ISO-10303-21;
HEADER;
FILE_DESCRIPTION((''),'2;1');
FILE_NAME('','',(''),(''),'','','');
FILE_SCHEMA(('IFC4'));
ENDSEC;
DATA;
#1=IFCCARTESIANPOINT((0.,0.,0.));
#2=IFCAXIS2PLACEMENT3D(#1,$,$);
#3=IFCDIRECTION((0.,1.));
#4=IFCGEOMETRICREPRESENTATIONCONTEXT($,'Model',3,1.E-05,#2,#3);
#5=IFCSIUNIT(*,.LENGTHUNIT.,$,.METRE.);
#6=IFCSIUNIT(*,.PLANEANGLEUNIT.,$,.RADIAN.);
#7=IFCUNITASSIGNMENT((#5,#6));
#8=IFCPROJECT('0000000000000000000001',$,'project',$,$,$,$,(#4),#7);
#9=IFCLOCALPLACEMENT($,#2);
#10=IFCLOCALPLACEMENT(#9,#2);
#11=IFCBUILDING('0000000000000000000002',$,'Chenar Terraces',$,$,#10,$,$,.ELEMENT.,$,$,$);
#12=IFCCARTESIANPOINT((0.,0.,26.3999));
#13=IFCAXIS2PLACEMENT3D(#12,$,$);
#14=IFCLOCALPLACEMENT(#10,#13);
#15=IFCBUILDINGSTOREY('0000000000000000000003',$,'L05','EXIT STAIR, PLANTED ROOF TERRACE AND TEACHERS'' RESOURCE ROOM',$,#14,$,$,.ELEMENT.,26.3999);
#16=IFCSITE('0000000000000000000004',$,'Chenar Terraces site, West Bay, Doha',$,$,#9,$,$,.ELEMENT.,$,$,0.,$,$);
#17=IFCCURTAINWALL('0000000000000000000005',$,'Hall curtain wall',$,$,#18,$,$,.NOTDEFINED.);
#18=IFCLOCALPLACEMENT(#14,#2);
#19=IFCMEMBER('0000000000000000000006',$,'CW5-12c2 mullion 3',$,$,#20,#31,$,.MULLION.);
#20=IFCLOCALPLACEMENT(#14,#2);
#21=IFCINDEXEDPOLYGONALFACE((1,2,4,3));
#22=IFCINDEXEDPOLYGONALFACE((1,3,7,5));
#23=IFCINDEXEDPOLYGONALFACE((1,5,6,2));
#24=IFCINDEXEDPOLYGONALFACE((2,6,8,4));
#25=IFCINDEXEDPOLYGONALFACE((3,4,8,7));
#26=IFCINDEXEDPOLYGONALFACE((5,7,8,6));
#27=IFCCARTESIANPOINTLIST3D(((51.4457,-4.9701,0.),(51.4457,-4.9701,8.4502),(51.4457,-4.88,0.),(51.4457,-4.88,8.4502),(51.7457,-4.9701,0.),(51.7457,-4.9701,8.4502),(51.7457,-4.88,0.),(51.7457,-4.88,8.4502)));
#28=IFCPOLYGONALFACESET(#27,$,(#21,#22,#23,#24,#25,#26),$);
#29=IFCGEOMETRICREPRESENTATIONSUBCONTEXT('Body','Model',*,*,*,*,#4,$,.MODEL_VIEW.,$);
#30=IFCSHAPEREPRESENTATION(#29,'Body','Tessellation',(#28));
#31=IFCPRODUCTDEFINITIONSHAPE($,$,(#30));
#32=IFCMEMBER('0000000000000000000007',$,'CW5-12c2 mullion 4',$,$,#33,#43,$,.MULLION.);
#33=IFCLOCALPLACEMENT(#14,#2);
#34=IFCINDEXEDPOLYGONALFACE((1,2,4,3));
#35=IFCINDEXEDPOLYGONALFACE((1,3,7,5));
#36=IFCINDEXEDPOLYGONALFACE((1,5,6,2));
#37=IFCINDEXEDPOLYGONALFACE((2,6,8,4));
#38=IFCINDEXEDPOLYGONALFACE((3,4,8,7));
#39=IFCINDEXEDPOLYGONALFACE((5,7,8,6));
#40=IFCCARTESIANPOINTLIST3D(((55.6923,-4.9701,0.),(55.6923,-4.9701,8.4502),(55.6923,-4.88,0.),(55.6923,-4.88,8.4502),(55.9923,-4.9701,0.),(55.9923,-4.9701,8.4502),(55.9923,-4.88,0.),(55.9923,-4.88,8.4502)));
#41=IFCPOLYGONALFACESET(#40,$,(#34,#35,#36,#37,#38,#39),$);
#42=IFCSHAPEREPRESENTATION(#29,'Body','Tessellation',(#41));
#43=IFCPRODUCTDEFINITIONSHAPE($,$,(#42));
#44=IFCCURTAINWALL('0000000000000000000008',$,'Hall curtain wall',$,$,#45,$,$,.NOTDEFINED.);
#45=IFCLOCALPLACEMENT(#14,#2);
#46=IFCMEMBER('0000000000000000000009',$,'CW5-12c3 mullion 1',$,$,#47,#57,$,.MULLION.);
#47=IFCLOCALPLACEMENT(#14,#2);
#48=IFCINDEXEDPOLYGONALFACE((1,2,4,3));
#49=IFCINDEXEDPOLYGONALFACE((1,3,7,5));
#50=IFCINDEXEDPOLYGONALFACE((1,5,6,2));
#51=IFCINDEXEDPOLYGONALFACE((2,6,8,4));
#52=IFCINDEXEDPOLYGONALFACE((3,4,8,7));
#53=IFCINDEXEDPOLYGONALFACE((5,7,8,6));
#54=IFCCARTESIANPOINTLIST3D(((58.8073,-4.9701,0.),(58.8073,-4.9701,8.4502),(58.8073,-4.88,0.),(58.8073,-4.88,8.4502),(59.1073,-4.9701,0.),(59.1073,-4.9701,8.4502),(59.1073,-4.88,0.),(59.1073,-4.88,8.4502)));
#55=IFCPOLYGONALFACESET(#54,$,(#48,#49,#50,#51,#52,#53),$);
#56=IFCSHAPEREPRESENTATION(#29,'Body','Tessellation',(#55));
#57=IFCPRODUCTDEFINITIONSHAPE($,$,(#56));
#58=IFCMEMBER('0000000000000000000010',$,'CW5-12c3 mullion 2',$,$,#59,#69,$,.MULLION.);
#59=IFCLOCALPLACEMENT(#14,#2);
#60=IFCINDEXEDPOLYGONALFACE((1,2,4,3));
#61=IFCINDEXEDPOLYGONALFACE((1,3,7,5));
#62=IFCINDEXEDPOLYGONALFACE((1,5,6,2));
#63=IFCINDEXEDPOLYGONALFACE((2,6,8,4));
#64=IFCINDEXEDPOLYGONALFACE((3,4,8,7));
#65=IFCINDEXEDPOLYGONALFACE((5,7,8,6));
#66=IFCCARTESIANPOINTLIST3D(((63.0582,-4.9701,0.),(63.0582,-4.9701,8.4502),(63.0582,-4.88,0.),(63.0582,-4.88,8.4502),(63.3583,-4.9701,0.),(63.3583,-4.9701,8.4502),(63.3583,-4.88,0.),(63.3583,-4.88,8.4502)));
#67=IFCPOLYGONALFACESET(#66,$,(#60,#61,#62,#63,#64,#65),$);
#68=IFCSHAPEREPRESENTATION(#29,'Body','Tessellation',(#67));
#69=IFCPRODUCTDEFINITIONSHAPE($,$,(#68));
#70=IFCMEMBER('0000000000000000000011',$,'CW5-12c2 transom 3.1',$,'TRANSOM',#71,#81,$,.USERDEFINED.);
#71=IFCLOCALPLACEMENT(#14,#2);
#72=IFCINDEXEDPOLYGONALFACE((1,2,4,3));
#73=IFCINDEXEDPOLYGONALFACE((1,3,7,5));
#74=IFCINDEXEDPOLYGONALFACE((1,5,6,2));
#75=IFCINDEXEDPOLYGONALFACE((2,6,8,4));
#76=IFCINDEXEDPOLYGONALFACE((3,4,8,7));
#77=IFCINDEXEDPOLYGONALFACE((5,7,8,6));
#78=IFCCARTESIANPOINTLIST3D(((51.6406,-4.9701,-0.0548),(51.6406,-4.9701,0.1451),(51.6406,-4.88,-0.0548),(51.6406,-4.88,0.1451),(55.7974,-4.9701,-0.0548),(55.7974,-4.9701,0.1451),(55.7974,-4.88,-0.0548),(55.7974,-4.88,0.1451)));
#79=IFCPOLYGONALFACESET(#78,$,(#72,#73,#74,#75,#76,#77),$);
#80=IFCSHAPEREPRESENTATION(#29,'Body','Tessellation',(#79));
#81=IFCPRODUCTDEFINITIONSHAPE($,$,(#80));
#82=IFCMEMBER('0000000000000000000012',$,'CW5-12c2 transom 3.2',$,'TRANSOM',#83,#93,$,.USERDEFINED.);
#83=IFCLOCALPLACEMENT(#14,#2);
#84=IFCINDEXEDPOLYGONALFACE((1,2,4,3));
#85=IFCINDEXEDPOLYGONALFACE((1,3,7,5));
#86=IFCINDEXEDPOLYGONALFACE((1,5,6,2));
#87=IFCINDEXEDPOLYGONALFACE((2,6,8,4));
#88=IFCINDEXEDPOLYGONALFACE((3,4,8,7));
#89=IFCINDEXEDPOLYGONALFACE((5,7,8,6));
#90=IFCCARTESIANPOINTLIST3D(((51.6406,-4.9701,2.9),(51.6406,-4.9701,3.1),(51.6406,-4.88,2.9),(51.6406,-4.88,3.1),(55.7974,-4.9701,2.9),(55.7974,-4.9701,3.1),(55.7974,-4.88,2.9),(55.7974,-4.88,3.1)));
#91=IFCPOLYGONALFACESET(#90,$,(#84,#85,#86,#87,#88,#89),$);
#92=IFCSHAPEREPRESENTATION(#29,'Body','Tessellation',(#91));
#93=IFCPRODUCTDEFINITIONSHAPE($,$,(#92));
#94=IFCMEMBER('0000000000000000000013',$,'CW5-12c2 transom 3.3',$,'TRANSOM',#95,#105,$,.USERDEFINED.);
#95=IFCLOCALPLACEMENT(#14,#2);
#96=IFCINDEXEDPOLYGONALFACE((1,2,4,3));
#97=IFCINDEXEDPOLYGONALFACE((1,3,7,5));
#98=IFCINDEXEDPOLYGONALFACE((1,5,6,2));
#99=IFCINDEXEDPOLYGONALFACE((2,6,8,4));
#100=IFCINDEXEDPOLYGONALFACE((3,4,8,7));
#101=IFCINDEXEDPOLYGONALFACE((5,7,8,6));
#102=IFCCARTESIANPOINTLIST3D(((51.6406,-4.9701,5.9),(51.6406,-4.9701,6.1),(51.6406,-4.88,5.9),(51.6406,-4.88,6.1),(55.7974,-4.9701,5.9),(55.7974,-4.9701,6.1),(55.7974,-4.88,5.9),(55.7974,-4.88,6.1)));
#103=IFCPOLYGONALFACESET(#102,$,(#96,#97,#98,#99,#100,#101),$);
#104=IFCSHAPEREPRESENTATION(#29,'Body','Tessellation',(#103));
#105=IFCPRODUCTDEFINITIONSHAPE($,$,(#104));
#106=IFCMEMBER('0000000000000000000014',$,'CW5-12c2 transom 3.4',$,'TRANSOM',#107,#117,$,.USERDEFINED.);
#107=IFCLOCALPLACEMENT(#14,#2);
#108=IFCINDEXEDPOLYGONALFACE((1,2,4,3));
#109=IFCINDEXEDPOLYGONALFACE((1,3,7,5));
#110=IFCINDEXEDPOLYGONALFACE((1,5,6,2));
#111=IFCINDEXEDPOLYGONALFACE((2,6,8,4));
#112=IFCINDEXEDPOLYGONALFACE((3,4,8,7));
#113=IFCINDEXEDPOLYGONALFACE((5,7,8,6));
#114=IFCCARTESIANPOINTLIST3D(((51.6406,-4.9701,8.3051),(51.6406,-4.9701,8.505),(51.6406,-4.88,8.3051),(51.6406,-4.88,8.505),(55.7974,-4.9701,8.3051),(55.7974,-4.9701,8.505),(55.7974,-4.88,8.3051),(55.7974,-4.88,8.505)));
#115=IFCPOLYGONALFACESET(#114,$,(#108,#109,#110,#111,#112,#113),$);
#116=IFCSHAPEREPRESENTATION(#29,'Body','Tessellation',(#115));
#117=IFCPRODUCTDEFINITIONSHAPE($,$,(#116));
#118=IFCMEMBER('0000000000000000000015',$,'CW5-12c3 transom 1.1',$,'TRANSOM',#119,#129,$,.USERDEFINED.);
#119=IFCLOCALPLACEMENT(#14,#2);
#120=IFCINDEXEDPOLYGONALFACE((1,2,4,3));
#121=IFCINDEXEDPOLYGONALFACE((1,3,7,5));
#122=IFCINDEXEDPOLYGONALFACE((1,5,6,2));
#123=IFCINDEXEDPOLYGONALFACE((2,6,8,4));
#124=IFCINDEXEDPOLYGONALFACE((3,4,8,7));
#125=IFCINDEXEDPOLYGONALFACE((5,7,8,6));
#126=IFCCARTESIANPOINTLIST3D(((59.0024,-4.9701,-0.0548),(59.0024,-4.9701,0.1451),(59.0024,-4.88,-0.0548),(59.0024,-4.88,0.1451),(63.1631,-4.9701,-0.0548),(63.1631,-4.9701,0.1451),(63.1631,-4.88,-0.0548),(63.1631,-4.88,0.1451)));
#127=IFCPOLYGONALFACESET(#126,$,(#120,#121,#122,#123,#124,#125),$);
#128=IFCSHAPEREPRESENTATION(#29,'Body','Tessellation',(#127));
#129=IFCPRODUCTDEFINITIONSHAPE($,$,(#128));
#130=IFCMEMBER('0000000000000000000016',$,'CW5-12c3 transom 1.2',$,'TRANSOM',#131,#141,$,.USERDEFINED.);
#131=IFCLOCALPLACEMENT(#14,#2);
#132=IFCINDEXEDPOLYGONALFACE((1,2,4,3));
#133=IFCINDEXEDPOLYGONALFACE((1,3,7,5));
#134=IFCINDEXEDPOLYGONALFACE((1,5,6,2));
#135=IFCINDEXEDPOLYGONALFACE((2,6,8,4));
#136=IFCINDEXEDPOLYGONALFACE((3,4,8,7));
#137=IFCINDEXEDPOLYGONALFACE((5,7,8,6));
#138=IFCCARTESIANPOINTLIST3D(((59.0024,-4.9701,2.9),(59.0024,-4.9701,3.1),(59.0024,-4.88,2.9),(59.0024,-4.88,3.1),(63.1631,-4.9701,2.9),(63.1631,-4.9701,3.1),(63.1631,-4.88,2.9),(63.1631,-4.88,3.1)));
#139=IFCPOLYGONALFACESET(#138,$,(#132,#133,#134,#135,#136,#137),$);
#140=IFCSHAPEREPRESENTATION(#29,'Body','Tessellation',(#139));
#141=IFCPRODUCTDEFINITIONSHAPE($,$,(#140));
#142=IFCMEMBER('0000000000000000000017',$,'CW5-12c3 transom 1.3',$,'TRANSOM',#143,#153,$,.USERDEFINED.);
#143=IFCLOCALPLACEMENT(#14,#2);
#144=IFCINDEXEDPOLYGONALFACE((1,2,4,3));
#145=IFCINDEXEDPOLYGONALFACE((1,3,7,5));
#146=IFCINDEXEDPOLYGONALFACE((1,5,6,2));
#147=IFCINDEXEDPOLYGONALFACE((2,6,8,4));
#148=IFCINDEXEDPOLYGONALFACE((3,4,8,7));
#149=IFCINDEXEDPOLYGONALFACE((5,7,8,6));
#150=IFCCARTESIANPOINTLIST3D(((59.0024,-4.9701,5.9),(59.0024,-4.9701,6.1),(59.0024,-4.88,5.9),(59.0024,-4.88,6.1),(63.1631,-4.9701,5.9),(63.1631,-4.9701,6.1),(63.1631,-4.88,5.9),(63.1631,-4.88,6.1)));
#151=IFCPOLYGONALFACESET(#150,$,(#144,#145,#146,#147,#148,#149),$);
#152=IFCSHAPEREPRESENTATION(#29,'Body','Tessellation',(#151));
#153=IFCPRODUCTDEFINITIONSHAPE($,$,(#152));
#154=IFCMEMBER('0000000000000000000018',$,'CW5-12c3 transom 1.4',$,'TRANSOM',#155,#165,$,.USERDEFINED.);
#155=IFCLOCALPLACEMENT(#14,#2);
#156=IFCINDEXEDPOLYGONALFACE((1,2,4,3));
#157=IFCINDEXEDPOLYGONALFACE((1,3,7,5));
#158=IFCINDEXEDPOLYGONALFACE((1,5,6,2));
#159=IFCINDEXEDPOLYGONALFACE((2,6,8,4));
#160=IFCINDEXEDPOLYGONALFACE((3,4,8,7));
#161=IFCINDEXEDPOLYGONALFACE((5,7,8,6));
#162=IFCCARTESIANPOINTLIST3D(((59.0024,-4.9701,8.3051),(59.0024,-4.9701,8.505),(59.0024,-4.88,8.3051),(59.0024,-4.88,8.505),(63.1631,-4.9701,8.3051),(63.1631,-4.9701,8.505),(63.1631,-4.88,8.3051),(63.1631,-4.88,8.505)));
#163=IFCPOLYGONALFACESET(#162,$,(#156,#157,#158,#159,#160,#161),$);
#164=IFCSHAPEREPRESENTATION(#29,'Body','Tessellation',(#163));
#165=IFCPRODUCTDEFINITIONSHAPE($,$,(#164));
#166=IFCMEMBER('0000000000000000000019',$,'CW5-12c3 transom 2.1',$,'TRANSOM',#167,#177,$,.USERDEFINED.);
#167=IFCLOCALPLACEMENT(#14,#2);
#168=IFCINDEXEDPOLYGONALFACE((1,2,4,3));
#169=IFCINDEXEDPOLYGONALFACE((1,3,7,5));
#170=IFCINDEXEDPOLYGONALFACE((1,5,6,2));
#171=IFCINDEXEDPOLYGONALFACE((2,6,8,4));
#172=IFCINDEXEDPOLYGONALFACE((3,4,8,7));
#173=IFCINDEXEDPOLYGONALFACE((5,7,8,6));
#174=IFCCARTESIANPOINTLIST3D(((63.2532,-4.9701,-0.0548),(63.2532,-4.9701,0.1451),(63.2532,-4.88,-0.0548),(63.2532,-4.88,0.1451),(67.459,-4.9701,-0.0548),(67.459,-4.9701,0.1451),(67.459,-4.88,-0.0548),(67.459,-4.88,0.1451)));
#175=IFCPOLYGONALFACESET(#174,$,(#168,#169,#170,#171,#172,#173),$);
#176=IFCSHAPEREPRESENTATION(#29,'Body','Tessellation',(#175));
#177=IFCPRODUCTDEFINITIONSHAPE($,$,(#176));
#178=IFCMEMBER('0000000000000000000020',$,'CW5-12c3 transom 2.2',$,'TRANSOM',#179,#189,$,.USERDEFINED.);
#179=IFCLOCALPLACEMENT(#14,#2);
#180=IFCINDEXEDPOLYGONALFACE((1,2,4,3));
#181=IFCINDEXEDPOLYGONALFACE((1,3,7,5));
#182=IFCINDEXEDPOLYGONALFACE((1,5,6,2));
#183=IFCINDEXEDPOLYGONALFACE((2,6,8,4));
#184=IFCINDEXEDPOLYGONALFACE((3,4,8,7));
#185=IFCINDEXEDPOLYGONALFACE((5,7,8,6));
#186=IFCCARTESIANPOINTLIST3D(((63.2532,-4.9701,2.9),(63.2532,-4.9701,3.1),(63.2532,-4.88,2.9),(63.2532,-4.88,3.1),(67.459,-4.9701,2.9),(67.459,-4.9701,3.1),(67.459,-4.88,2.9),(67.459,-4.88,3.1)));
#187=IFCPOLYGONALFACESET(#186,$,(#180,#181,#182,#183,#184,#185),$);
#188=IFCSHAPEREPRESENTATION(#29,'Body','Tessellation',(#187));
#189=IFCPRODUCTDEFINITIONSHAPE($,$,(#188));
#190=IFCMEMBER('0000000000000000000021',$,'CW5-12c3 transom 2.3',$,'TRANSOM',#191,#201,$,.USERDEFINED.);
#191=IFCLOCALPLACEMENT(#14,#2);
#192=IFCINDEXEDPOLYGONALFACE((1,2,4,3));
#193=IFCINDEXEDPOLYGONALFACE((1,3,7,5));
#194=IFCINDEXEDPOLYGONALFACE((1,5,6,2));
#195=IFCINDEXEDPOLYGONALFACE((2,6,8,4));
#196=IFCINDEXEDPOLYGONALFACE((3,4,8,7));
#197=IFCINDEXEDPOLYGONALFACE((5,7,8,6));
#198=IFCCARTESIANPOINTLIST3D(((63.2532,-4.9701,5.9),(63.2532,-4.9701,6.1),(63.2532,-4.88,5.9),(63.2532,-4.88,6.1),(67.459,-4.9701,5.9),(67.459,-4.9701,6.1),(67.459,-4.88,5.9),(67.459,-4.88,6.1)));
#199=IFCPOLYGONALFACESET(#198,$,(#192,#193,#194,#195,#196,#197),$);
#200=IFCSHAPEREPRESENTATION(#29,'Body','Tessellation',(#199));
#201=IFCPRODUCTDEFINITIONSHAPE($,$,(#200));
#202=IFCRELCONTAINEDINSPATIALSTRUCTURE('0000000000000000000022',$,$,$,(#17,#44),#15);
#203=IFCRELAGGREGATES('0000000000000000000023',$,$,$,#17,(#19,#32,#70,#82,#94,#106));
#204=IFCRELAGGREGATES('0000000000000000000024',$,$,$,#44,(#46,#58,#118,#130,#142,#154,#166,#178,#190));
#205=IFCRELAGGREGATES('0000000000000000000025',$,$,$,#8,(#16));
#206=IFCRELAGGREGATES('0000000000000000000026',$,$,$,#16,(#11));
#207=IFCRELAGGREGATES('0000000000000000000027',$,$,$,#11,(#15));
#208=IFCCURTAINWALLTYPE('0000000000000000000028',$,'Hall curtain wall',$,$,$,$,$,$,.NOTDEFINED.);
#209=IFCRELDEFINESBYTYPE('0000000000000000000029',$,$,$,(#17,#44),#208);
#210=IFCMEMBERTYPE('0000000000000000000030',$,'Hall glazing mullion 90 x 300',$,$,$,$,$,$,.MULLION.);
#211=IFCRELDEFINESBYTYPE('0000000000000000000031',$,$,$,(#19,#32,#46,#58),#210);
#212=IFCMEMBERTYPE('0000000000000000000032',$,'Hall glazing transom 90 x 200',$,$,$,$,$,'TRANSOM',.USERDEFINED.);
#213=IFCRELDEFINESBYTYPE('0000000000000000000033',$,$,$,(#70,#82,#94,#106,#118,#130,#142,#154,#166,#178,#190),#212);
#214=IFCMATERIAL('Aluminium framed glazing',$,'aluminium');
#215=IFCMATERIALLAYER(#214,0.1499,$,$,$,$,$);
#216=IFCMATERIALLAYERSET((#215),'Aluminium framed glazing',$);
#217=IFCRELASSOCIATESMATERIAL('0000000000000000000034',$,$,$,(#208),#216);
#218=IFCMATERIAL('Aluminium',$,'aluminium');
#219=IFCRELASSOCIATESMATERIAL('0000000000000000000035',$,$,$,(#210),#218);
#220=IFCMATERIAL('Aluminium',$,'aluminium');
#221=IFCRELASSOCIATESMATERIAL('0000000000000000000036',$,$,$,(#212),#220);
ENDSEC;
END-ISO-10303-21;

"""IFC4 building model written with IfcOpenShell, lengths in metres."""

from ifc_helpers import new_model, si_unit, direction, frame, origin, origin_2d, place, context, subcontext, project, spatial, rectangle, extrude, material, layer, layer_set, material_profile, profile_set, type_object, element, aggregate, save


model = new_model("IFC4")

# Units and contexts
model_context = context("Model", 3, precision=1e-05, world=origin(), true_north=direction((0.0, 1.0)))
body_context = subcontext(model_context, "Body", "Model", "MODEL_VIEW")
ifc_project = project(units=[si_unit("LENGTHUNIT", "METRE"), si_unit("PLANEANGLEUNIT", "RADIAN")], contexts=[model_context])

# Site, building, storey
site_placement = place(None, origin())
site = spatial("IfcSite", under=ifc_project, at=site_placement, Name="Chenar Terraces site, West Bay, Doha", CompositionType="ELEMENT", RefElevation=0.0)
building_placement = place(site_placement, origin())
building = spatial("IfcBuilding", under=site, at=building_placement, Name="Chenar Terraces", CompositionType="ELEMENT")
storey_placement = place(building_placement, frame((0.0, 0.0, 26.3999)))
storey = spatial("IfcBuildingStorey", under=building, at=storey_placement, Name="L05", Description="EXIT STAIR, PLANTED ROOF TERRACE AND TEACHERS' RESOURCE ROOM", CompositionType="ELEMENT", Elevation=26.3999)

# Curtain walls, members
ifc_material_1 = material(Name="Aluminium framed glazing", Category="aluminium")
ifc_layer_1 = layer(ifc_material_1, 0.1499)
ifc_layer_set_1 = layer_set([ifc_layer_1], Name="Aluminium framed glazing")
curtain_wall_type = type_object("IfcCurtainWallType", Name="Hall curtain wall", PredefinedType="NOTDEFINED", material=ifc_layer_set_1)
placement = place(storey_placement, origin())
curtain_wall_1 = element("IfcCurtainWall", 1, at=placement, inside=storey, type_object=curtain_wall_type, Name="Hall curtain wall", PredefinedType="NOTDEFINED")
ifc_material_2 = material(Name="Aluminium", Category="aluminium")
ifc_material_profile_1 = material_profile(ifc_material_2, rectangle(XDim=0.0901, YDim=0.3, at=origin_2d()), Name="Hall glazing mullion 90 x 300")
ifc_profile_set_1 = profile_set([ifc_material_profile_1], Name="Aluminium")
member_type_1 = type_object("IfcMemberType", Name="Hall glazing mullion 90 x 300", PredefinedType="MULLION", material=ifc_profile_set_1)
member_1_placement = place(storey_placement, frame((51.5957, -4.925, 0.0), z_axis=(0.0, 0.0, 1.0), x_axis=(0.0, 1.0, 0.0)))
member_1 = element("IfcMember", 2, at=member_1_placement, type_object=member_type_1, Name="CW5-12c2 mullion 3", PredefinedType="MULLION", context=body_context, shape_type="SweptSolid", body=[
    extrude(rectangle(XDim=0.0901, YDim=0.3, at=origin_2d()), origin(), (0.0, 0.0, 1.0), 8.4502),
])
member_2_placement = place(storey_placement, frame((55.8423, -4.925, 0.0), z_axis=(0.0, 0.0, 1.0), x_axis=(0.0, 1.0, 0.0)))
member_2 = element("IfcMember", 3, at=member_2_placement, type_object=member_type_1, Name="CW5-12c2 mullion 4", PredefinedType="MULLION", context=body_context, shape_type="SweptSolid", body=[
    extrude(rectangle(XDim=0.0901, YDim=0.3, at=origin_2d()), origin(), (0.0, 0.0, 1.0), 8.4502),
])
curtain_wall_2 = element("IfcCurtainWall", 4, at=placement, inside=storey, type_object=curtain_wall_type, Name="Hall curtain wall", PredefinedType="NOTDEFINED")
member_3_placement = place(storey_placement, frame((58.9573, -4.925, 0.0), z_axis=(0.0, 0.0, 1.0), x_axis=(0.0, 1.0, 0.0)))
member_3 = element("IfcMember", 5, at=member_3_placement, type_object=member_type_1, Name="CW5-12c3 mullion 1", PredefinedType="MULLION", context=body_context, shape_type="SweptSolid", body=[
    extrude(rectangle(XDim=0.0901, YDim=0.3, at=origin_2d()), origin(), (0.0, 0.0, 1.0), 8.4502),
])
member_4_placement = place(storey_placement, frame((63.2083, -4.925, 0.0), z_axis=(0.0, 0.0, 1.0), x_axis=(0.0, 1.0, 0.0)))
member_4 = element("IfcMember", 6, at=member_4_placement, type_object=member_type_1, Name="CW5-12c3 mullion 2", PredefinedType="MULLION", context=body_context, shape_type="SweptSolid", body=[
    extrude(rectangle(XDim=0.0901, YDim=0.3, at=origin_2d()), origin(), (0.0, 0.0, 1.0), 8.4502),
])

# Members
ifc_material_3 = material(Name="Aluminium", Category="aluminium")
ifc_material_profile_2 = material_profile(ifc_material_3, rectangle(XDim=0.0901, YDim=0.2, at=origin_2d()), Name="Hall glazing transom 90 x 200")
ifc_profile_set_2 = profile_set([ifc_material_profile_2], Name="Aluminium")
member_type_2 = type_object("IfcMemberType", Name="Hall glazing transom 90 x 200", ElementType="TRANSOM", PredefinedType="USERDEFINED", material=ifc_profile_set_2)
member_5_placement = place(storey_placement, frame((51.6406, -4.925, 0.0452), z_axis=(1.0, 0.0, 0.0), x_axis=(0.0, 1.0, 0.0)))
member_5 = element("IfcMember", 7, at=member_5_placement, type_object=member_type_2, Name="CW5-12c2 transom 3.1", ObjectType="TRANSOM", PredefinedType="USERDEFINED", context=body_context, shape_type="SweptSolid", body=[
    extrude(rectangle(XDim=0.0901, YDim=0.2, at=origin_2d()), origin(), (0.0, 0.0, 1.0), 4.1567),
])
member_6_placement = place(storey_placement, frame((51.6406, -4.925, 3.0), z_axis=(1.0, 0.0, 0.0), x_axis=(0.0, 1.0, 0.0)))
member_6 = element("IfcMember", 8, at=member_6_placement, type_object=member_type_2, Name="CW5-12c2 transom 3.2", ObjectType="TRANSOM", PredefinedType="USERDEFINED", context=body_context, shape_type="SweptSolid", body=[
    extrude(rectangle(XDim=0.0901, YDim=0.2, at=origin_2d()), origin(), (0.0, 0.0, 1.0), 4.1567),
])
member_7_placement = place(storey_placement, frame((51.6406, -4.925, 6.0), z_axis=(1.0, 0.0, 0.0), x_axis=(0.0, 1.0, 0.0)))
member_7 = element("IfcMember", 9, at=member_7_placement, type_object=member_type_2, Name="CW5-12c2 transom 3.3", ObjectType="TRANSOM", PredefinedType="USERDEFINED", context=body_context, shape_type="SweptSolid", body=[
    extrude(rectangle(XDim=0.0901, YDim=0.2, at=origin_2d()), origin(), (0.0, 0.0, 1.0), 4.1567),
])
member_8_placement = place(storey_placement, frame((51.6406, -4.925, 8.405), z_axis=(1.0, 0.0, 0.0), x_axis=(0.0, 1.0, 0.0)))
member_8 = element("IfcMember", 10, at=member_8_placement, type_object=member_type_2, Name="CW5-12c2 transom 3.4", ObjectType="TRANSOM", PredefinedType="USERDEFINED", context=body_context, shape_type="SweptSolid", body=[
    extrude(rectangle(XDim=0.0901, YDim=0.2, at=origin_2d()), origin(), (0.0, 0.0, 1.0), 4.1567),
])
member_9_placement = place(storey_placement, frame((59.0024, -4.925, 0.0452), z_axis=(1.0, 0.0, 0.0), x_axis=(0.0, 1.0, 0.0)))
member_9 = element("IfcMember", 11, at=member_9_placement, type_object=member_type_2, Name="CW5-12c3 transom 1.1", ObjectType="TRANSOM", PredefinedType="USERDEFINED", context=body_context, shape_type="SweptSolid", body=[
    extrude(rectangle(XDim=0.0901, YDim=0.2, at=origin_2d()), origin(), (0.0, 0.0, 1.0), 4.1606),
])
member_10_placement = place(storey_placement, frame((59.0024, -4.925, 3.0), z_axis=(1.0, 0.0, 0.0), x_axis=(0.0, 1.0, 0.0)))
member_10 = element("IfcMember", 12, at=member_10_placement, type_object=member_type_2, Name="CW5-12c3 transom 1.2", ObjectType="TRANSOM", PredefinedType="USERDEFINED", context=body_context, shape_type="SweptSolid", body=[
    extrude(rectangle(XDim=0.0901, YDim=0.2, at=origin_2d()), origin(), (0.0, 0.0, 1.0), 4.1606),
])
member_11_placement = place(storey_placement, frame((59.0024, -4.925, 6.0), z_axis=(1.0, 0.0, 0.0), x_axis=(0.0, 1.0, 0.0)))
member_11 = element("IfcMember", 13, at=member_11_placement, type_object=member_type_2, Name="CW5-12c3 transom 1.3", ObjectType="TRANSOM", PredefinedType="USERDEFINED", context=body_context, shape_type="SweptSolid", body=[
    extrude(rectangle(XDim=0.0901, YDim=0.2, at=origin_2d()), origin(), (0.0, 0.0, 1.0), 4.1606),
])
member_12_placement = place(storey_placement, frame((59.0024, -4.925, 8.405), z_axis=(1.0, 0.0, 0.0), x_axis=(0.0, 1.0, 0.0)))
member_12 = element("IfcMember", 14, at=member_12_placement, type_object=member_type_2, Name="CW5-12c3 transom 1.4", ObjectType="TRANSOM", PredefinedType="USERDEFINED", context=body_context, shape_type="SweptSolid", body=[
    extrude(rectangle(XDim=0.0901, YDim=0.2, at=origin_2d()), origin(), (0.0, 0.0, 1.0), 4.1606),
])
member_13_placement = place(storey_placement, frame((63.2532, -4.925, 0.0452), z_axis=(1.0, 0.0, 0.0), x_axis=(0.0, 1.0, 0.0)))
member_13 = element("IfcMember", 15, at=member_13_placement, type_object=member_type_2, Name="CW5-12c3 transom 2.1", ObjectType="TRANSOM", PredefinedType="USERDEFINED", context=body_context, shape_type="SweptSolid", body=[
    extrude(rectangle(XDim=0.0901, YDim=0.2, at=origin_2d()), origin(), (0.0, 0.0, 1.0), 4.2058),
])
member_14_placement = place(storey_placement, frame((63.2532, -4.925, 3.0), z_axis=(1.0, 0.0, 0.0), x_axis=(0.0, 1.0, 0.0)))
member_14 = element("IfcMember", 16, at=member_14_placement, type_object=member_type_2, Name="CW5-12c3 transom 2.2", ObjectType="TRANSOM", PredefinedType="USERDEFINED", context=body_context, shape_type="SweptSolid", body=[
    extrude(rectangle(XDim=0.0901, YDim=0.2, at=origin_2d()), origin(), (0.0, 0.0, 1.0), 4.2058),
])
member_15_placement = place(storey_placement, frame((63.2532, -4.925, 6.0), z_axis=(1.0, 0.0, 0.0), x_axis=(0.0, 1.0, 0.0)))
member_15 = element("IfcMember", 17, at=member_15_placement, type_object=member_type_2, Name="CW5-12c3 transom 2.3", ObjectType="TRANSOM", PredefinedType="USERDEFINED", context=body_context, shape_type="SweptSolid", body=[
    extrude(rectangle(XDim=0.0901, YDim=0.2, at=origin_2d()), origin(), (0.0, 0.0, 1.0), 4.2058),
])

aggregate(curtain_wall_1, [member_1, member_2, member_5, member_6, member_7, member_8])
aggregate(curtain_wall_2, [member_3, member_4, member_9, member_10, member_11, member_12, member_13, member_14, member_15])

save(model, "model.ifc")
